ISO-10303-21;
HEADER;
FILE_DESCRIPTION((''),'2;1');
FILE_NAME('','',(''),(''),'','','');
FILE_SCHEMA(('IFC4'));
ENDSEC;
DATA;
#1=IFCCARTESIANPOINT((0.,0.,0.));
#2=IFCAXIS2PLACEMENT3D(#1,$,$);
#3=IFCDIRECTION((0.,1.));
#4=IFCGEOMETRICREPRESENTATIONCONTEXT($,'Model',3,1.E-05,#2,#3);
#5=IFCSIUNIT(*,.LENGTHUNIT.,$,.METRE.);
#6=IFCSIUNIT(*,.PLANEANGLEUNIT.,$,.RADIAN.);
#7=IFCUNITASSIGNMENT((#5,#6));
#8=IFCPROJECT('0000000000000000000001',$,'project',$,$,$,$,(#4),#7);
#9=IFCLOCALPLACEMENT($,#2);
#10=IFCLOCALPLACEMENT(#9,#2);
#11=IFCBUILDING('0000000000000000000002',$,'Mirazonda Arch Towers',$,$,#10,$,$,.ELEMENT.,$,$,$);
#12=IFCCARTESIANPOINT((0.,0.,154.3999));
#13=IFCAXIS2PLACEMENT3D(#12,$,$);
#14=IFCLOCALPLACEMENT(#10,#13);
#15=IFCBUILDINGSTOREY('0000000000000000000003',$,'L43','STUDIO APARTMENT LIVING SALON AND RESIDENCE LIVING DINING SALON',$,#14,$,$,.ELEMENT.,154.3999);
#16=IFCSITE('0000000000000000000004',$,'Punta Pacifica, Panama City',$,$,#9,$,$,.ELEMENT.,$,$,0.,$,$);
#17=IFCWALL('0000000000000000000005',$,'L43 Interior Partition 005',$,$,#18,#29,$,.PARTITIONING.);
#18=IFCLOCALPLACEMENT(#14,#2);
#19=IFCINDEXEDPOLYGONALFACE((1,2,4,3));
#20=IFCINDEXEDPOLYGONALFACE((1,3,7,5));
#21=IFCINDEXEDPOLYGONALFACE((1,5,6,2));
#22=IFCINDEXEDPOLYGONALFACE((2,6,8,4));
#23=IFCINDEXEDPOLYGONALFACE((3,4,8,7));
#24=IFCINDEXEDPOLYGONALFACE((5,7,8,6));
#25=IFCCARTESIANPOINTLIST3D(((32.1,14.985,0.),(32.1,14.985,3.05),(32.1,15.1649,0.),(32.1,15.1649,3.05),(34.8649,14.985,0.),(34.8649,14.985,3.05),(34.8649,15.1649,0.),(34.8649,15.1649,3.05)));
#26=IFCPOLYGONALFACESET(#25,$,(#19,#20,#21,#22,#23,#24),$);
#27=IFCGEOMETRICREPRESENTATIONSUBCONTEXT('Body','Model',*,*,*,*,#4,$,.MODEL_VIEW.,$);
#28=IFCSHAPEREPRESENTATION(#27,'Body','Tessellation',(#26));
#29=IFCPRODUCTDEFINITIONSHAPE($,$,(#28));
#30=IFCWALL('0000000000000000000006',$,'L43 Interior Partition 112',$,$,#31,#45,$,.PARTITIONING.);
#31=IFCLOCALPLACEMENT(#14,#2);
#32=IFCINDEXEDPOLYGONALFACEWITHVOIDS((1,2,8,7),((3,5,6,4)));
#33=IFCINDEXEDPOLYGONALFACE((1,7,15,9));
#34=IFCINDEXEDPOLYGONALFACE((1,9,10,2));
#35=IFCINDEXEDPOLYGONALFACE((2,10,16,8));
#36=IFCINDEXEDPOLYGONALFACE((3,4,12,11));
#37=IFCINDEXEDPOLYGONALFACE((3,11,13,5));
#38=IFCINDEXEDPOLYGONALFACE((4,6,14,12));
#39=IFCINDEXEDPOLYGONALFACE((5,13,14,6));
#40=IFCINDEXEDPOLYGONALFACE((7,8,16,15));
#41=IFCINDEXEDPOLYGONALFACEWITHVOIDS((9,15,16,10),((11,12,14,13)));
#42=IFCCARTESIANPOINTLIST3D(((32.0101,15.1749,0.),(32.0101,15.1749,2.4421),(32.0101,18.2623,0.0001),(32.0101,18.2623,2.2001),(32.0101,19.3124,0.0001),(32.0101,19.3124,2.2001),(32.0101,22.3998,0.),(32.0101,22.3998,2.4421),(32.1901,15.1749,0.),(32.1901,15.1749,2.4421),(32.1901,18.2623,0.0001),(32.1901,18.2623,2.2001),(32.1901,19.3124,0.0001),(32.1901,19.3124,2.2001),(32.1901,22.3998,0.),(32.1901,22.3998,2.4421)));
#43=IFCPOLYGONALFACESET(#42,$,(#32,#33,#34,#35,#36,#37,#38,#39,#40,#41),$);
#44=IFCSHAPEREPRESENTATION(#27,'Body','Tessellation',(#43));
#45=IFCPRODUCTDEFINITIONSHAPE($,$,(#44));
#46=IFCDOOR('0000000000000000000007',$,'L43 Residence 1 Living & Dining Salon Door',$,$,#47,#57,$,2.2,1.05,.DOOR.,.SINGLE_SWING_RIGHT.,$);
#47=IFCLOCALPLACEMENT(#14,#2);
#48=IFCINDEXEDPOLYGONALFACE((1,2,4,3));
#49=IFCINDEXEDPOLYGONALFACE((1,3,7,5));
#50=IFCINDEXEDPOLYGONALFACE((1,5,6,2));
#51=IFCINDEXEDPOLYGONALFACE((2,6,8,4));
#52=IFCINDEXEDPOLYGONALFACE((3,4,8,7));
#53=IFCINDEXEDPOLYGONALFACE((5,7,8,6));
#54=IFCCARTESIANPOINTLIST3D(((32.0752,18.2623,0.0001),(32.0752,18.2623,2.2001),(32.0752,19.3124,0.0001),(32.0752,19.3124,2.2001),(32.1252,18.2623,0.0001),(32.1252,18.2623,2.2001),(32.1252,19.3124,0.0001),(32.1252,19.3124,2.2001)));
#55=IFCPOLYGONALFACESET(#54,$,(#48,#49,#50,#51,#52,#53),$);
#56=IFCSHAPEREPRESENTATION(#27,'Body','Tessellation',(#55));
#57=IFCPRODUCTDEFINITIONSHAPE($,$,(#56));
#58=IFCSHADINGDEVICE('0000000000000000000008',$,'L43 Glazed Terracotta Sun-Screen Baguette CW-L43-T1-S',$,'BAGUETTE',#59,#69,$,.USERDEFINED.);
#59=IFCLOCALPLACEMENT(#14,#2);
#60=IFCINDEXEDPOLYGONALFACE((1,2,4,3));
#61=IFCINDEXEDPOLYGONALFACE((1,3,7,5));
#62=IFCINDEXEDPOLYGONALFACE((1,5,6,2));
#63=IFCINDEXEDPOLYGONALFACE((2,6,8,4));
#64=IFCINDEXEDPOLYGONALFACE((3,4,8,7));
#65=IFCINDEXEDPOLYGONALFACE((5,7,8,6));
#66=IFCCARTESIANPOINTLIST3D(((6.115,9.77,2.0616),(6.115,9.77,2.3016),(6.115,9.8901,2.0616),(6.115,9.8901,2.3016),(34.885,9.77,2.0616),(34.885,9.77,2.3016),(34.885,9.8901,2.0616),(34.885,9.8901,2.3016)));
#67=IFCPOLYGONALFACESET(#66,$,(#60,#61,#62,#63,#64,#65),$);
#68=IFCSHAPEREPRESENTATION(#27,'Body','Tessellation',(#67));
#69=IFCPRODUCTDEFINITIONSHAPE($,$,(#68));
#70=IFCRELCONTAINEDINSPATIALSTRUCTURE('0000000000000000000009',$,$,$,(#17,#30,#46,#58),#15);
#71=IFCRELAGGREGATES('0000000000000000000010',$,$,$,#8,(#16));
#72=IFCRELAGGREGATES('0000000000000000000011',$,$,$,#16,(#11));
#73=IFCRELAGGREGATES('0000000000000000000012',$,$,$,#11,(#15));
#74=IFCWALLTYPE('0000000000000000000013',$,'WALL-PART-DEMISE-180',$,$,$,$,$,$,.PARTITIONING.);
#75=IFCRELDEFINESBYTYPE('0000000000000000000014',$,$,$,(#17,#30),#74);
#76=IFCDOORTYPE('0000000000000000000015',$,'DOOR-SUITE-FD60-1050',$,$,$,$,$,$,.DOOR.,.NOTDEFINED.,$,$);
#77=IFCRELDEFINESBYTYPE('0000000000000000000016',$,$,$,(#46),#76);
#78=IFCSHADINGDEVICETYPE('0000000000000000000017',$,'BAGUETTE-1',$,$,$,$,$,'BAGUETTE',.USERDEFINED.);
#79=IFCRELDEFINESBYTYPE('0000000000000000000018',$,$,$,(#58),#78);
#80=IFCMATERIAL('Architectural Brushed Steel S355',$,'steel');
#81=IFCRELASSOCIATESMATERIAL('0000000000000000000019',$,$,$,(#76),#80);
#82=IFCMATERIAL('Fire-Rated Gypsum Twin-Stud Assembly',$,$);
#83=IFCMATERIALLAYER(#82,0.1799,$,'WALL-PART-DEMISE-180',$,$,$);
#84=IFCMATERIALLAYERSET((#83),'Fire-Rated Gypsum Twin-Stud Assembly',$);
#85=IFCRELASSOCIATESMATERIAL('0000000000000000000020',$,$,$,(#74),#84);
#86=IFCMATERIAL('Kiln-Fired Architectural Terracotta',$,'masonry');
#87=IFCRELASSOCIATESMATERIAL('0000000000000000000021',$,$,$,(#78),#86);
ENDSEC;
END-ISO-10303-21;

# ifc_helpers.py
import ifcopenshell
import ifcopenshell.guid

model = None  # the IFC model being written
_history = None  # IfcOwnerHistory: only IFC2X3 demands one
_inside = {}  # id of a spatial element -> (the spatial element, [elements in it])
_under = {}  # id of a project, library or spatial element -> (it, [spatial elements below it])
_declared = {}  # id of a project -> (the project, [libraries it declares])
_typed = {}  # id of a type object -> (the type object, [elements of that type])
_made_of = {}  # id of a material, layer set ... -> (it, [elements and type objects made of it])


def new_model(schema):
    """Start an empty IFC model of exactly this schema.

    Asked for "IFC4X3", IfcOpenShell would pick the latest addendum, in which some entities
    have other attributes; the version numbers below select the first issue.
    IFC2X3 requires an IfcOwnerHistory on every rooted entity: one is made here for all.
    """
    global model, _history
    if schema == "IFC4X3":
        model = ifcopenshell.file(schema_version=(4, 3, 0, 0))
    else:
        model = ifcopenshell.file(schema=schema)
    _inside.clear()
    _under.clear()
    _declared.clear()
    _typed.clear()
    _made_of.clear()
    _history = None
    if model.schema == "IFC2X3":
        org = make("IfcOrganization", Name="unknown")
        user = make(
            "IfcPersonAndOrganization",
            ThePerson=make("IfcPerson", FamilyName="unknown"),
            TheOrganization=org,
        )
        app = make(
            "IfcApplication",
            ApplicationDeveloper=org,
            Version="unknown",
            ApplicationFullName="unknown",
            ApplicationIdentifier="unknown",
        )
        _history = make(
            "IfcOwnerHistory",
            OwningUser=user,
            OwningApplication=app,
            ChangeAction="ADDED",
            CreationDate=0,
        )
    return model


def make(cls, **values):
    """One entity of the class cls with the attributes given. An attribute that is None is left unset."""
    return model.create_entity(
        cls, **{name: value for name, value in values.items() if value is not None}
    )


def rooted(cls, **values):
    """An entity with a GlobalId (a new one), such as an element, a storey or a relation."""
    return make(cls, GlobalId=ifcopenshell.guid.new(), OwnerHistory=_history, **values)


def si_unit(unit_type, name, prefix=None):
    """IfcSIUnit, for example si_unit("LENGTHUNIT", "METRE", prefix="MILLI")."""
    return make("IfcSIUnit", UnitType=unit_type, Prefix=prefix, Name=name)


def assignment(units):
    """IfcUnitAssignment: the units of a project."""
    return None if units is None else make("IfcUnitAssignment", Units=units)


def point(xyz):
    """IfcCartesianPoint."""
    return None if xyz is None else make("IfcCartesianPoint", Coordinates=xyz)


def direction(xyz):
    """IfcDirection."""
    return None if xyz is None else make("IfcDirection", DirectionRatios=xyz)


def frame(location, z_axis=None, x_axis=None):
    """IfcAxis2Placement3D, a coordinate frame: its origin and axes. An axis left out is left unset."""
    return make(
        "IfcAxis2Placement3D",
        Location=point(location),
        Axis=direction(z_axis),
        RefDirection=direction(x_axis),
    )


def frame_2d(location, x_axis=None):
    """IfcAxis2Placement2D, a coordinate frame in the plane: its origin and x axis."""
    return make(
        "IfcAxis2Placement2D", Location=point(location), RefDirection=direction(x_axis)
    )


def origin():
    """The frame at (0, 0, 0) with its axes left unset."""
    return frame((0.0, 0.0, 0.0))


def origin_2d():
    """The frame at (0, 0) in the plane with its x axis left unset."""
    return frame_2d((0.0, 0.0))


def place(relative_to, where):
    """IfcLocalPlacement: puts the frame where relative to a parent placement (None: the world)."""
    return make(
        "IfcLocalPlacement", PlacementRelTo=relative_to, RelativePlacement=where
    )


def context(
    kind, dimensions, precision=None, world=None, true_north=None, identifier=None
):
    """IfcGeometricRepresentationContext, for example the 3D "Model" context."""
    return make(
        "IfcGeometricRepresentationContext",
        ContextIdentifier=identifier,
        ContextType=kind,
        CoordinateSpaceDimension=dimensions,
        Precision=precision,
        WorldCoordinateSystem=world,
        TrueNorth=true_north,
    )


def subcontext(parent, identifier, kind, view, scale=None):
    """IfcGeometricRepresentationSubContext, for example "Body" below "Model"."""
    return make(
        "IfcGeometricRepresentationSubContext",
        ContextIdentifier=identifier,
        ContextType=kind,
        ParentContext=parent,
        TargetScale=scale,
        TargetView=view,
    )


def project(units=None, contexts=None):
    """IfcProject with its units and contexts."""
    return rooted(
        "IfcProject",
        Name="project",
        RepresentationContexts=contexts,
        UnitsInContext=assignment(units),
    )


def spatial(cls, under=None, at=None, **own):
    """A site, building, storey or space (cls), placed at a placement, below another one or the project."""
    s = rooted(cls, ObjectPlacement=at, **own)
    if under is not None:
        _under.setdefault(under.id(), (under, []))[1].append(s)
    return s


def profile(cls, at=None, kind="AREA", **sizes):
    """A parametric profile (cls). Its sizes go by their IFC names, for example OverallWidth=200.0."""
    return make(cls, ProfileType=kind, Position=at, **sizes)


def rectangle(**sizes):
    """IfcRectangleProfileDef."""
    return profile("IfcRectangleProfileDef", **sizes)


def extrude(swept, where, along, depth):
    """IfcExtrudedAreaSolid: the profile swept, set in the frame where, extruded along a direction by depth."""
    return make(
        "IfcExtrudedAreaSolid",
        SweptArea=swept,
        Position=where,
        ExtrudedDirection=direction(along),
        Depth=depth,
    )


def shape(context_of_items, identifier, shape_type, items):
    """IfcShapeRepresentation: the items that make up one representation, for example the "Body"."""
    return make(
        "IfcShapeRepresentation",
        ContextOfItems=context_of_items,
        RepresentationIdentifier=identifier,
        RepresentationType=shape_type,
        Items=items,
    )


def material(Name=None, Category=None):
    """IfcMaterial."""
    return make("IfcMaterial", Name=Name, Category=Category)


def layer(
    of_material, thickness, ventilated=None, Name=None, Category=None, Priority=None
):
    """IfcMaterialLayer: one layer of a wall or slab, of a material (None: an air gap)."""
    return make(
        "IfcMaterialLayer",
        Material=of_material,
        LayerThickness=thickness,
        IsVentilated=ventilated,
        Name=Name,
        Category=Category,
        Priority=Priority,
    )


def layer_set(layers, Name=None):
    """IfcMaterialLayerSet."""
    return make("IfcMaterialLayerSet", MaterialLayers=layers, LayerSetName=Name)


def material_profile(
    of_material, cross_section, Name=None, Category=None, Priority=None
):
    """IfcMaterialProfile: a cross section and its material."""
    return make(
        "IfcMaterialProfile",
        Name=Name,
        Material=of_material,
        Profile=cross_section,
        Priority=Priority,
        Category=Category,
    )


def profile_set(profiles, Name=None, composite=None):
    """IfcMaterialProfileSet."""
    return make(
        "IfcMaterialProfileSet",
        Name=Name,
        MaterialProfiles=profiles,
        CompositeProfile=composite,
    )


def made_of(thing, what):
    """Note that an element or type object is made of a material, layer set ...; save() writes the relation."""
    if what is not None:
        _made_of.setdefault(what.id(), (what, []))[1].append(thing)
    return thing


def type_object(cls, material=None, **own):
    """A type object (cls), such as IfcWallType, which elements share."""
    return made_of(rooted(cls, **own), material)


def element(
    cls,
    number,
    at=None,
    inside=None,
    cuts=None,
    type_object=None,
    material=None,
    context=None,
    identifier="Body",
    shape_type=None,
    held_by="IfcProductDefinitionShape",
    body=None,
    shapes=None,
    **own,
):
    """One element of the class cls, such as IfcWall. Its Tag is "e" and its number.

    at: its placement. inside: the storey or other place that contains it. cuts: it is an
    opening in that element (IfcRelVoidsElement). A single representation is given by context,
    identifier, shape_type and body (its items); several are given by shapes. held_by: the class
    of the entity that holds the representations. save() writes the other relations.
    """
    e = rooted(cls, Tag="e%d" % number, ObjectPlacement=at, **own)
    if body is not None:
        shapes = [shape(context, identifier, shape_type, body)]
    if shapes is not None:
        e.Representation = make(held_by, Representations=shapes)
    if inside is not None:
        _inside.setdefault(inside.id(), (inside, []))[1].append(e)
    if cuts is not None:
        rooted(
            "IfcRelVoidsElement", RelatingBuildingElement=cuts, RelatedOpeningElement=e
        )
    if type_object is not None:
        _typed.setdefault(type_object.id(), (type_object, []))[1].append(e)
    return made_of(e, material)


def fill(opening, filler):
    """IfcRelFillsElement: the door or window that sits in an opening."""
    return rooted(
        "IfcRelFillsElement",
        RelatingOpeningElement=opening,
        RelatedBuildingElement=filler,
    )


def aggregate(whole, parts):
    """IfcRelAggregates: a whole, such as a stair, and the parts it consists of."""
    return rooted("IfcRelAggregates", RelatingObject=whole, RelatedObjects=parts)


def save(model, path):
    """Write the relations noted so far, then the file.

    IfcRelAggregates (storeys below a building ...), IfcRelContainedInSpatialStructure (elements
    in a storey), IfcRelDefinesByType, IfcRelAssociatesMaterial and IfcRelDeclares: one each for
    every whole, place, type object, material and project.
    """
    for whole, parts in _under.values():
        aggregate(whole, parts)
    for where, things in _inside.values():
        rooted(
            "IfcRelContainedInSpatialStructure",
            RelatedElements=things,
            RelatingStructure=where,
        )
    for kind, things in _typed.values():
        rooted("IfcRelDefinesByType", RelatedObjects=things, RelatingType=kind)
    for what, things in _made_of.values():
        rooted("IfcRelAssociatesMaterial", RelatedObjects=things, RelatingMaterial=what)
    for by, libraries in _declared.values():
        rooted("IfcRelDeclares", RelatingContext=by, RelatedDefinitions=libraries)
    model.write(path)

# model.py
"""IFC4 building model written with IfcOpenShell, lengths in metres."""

from ifc_helpers import new_model, si_unit, direction, frame, frame_2d, origin, origin_2d, place, context, subcontext, project, spatial, rectangle, extrude, material, layer, layer_set, material_profile, profile_set, type_object, element, fill, save


model = new_model("IFC4")

# Units and contexts
model_context = context("Model", 3, precision=1e-05, world=origin(), true_north=direction((0.0, 1.0)))
body_context = subcontext(model_context, "Body", "Model", "MODEL_VIEW")
ifc_project = project(units=[si_unit("LENGTHUNIT", "METRE"), si_unit("PLANEANGLEUNIT", "RADIAN")], contexts=[model_context])

# Site, building, storey
site_placement = place(None, origin())
site = spatial("IfcSite", under=ifc_project, at=site_placement, Name="Punta Pacifica, Panama City", CompositionType="ELEMENT", RefElevation=0.0)
building_placement = place(site_placement, origin())
building = spatial("IfcBuilding", under=site, at=building_placement, Name="Mirazonda Arch Towers", CompositionType="ELEMENT")
storey_placement = place(building_placement, frame((0.0, 0.0, 154.3999)))
storey = spatial("IfcBuildingStorey", under=building, at=storey_placement, Name="L43", Description="STUDIO APARTMENT LIVING SALON AND RESIDENCE LIVING DINING SALON", CompositionType="ELEMENT", Elevation=154.3999)

# Shared definitions
ifc_material_1 = material(Name="Architectural Brushed Steel S355", Category="steel")
door_type_1 = type_object("IfcDoorType", Name="DOOR-SUITE-FD60-1050", OperationType="NOTDEFINED", PredefinedType="DOOR", material=ifc_material_1)

# Wall
ifc_material_2 = material(Name="Fire-Rated Gypsum Twin-Stud Assembly")
ifc_layer_1 = layer(ifc_material_2, 0.1799, Name="WALL-PART-DEMISE-180")
ifc_layer_set_1 = layer_set([ifc_layer_1], Name="Fire-Rated Gypsum Twin-Stud Assembly")
wall_type_1 = type_object("IfcWallType", Name="WALL-PART-DEMISE-180", PredefinedType="PARTITIONING", material=ifc_layer_set_1)
wall_1_placement = place(storey_placement, frame((32.1001, 15.075, 0.0), z_axis=(0.0, 0.0, 1.0), x_axis=(1.0, 0.0, 0.0)))
element("IfcWall", 1, at=wall_1_placement, inside=storey, type_object=wall_type_1, Name="L43 Interior Partition 005", PredefinedType="PARTITIONING", context=body_context, shape_type="SweptSolid", body=[
    extrude(rectangle(XDim=2.7649, YDim=0.1799, at=frame_2d((1.3823, 0.0))), origin(), (0.0, 0.0, 1.0), 3.05),
])

# Wall, opening, door
wall_2_placement = place(storey_placement, frame((32.1001, 15.175, 0.0), z_axis=(0.0, 0.0, 1.0), x_axis=(0.0, 1.0, 0.0)))
wall_2 = element("IfcWall", 2, at=wall_2_placement, inside=storey, type_object=wall_type_1, Name="L43 Interior Partition 112", PredefinedType="PARTITIONING", context=body_context, shape_type="SweptSolid", body=[
    extrude(rectangle(XDim=7.2249, YDim=0.1799, at=frame_2d((3.6123, 0.0))), origin(), (0.0, 0.0, 1.0), 2.4421),
])
opening_1_placement = place(wall_2_placement, frame((3.0874, 0.0, 0.0)))
opening_1 = element("IfcOpeningElement", 3, at=opening_1_placement, cuts=wall_2, PredefinedType="OPENING", context=body_context, shape_type="SweptSolid", body=[
    extrude(rectangle(XDim=1.05, YDim=2.2, at=frame_2d((0.5249, 1.1001))), frame((0.0, 0.0999, 0.0), z_axis=(0.0, -1.0, 0.0), x_axis=(1.0, 0.0, 0.0)), (0.0, 0.0, 1.0), 0.2),
])
door_1_placement = place(opening_1_placement, origin())
door_1 = element("IfcDoor", 4, at=door_1_placement, inside=storey, type_object=door_type_1, Name="L43 Residence 1 Living & Dining Salon Door", OperationType="SINGLE_SWING_RIGHT", OverallHeight=2.2, OverallWidth=1.05, PredefinedType="DOOR", context=body_context, shape_type="SweptSolid", body=[
    extrude(rectangle(XDim=1.05, YDim=2.2, at=frame_2d((0.5249, 1.1001))), frame((0.0, 0.0249, 0.0), z_axis=(0.0, -1.0, 0.0), x_axis=(1.0, 0.0, 0.0)), (0.0, 0.0, 1.0), 0.05),
])
fill(opening_1, door_1)

# Shading device
ifc_material_3 = material(Name="Kiln-Fired Architectural Terracotta", Category="masonry")
ifc_material_profile_1 = material_profile(ifc_material_3, rectangle(XDim=0.1201, YDim=0.24, at=origin_2d()), Name="TERRA-BAG-120x240")
ifc_profile_set_1 = profile_set([ifc_material_profile_1], Name="Kiln-Fired Architectural Terracotta")
shading_device_type = type_object("IfcShadingDeviceType", Name="BAGUETTE-1", ElementType="BAGUETTE", PredefinedType="USERDEFINED", material=ifc_profile_set_1)
shading_device_placement = place(storey_placement, frame((34.885, 9.8301, 2.1816), z_axis=(-1.0, 0.0, 0.0), x_axis=(0.0, -1.0, 0.0)))
element("IfcShadingDevice", 5, at=shading_device_placement, inside=storey, type_object=shading_device_type, Name="L43 Glazed Terracotta Sun-Screen Baguette CW-L43-T1-S", ObjectType="BAGUETTE", PredefinedType="USERDEFINED", context=body_context, shape_type="SweptSolid", body=[
    extrude(rectangle(XDim=0.1201, YDim=0.24, at=origin_2d()), origin(), (0.0, 0.0, 1.0), 28.77),
])

save(model, "model.ifc")
